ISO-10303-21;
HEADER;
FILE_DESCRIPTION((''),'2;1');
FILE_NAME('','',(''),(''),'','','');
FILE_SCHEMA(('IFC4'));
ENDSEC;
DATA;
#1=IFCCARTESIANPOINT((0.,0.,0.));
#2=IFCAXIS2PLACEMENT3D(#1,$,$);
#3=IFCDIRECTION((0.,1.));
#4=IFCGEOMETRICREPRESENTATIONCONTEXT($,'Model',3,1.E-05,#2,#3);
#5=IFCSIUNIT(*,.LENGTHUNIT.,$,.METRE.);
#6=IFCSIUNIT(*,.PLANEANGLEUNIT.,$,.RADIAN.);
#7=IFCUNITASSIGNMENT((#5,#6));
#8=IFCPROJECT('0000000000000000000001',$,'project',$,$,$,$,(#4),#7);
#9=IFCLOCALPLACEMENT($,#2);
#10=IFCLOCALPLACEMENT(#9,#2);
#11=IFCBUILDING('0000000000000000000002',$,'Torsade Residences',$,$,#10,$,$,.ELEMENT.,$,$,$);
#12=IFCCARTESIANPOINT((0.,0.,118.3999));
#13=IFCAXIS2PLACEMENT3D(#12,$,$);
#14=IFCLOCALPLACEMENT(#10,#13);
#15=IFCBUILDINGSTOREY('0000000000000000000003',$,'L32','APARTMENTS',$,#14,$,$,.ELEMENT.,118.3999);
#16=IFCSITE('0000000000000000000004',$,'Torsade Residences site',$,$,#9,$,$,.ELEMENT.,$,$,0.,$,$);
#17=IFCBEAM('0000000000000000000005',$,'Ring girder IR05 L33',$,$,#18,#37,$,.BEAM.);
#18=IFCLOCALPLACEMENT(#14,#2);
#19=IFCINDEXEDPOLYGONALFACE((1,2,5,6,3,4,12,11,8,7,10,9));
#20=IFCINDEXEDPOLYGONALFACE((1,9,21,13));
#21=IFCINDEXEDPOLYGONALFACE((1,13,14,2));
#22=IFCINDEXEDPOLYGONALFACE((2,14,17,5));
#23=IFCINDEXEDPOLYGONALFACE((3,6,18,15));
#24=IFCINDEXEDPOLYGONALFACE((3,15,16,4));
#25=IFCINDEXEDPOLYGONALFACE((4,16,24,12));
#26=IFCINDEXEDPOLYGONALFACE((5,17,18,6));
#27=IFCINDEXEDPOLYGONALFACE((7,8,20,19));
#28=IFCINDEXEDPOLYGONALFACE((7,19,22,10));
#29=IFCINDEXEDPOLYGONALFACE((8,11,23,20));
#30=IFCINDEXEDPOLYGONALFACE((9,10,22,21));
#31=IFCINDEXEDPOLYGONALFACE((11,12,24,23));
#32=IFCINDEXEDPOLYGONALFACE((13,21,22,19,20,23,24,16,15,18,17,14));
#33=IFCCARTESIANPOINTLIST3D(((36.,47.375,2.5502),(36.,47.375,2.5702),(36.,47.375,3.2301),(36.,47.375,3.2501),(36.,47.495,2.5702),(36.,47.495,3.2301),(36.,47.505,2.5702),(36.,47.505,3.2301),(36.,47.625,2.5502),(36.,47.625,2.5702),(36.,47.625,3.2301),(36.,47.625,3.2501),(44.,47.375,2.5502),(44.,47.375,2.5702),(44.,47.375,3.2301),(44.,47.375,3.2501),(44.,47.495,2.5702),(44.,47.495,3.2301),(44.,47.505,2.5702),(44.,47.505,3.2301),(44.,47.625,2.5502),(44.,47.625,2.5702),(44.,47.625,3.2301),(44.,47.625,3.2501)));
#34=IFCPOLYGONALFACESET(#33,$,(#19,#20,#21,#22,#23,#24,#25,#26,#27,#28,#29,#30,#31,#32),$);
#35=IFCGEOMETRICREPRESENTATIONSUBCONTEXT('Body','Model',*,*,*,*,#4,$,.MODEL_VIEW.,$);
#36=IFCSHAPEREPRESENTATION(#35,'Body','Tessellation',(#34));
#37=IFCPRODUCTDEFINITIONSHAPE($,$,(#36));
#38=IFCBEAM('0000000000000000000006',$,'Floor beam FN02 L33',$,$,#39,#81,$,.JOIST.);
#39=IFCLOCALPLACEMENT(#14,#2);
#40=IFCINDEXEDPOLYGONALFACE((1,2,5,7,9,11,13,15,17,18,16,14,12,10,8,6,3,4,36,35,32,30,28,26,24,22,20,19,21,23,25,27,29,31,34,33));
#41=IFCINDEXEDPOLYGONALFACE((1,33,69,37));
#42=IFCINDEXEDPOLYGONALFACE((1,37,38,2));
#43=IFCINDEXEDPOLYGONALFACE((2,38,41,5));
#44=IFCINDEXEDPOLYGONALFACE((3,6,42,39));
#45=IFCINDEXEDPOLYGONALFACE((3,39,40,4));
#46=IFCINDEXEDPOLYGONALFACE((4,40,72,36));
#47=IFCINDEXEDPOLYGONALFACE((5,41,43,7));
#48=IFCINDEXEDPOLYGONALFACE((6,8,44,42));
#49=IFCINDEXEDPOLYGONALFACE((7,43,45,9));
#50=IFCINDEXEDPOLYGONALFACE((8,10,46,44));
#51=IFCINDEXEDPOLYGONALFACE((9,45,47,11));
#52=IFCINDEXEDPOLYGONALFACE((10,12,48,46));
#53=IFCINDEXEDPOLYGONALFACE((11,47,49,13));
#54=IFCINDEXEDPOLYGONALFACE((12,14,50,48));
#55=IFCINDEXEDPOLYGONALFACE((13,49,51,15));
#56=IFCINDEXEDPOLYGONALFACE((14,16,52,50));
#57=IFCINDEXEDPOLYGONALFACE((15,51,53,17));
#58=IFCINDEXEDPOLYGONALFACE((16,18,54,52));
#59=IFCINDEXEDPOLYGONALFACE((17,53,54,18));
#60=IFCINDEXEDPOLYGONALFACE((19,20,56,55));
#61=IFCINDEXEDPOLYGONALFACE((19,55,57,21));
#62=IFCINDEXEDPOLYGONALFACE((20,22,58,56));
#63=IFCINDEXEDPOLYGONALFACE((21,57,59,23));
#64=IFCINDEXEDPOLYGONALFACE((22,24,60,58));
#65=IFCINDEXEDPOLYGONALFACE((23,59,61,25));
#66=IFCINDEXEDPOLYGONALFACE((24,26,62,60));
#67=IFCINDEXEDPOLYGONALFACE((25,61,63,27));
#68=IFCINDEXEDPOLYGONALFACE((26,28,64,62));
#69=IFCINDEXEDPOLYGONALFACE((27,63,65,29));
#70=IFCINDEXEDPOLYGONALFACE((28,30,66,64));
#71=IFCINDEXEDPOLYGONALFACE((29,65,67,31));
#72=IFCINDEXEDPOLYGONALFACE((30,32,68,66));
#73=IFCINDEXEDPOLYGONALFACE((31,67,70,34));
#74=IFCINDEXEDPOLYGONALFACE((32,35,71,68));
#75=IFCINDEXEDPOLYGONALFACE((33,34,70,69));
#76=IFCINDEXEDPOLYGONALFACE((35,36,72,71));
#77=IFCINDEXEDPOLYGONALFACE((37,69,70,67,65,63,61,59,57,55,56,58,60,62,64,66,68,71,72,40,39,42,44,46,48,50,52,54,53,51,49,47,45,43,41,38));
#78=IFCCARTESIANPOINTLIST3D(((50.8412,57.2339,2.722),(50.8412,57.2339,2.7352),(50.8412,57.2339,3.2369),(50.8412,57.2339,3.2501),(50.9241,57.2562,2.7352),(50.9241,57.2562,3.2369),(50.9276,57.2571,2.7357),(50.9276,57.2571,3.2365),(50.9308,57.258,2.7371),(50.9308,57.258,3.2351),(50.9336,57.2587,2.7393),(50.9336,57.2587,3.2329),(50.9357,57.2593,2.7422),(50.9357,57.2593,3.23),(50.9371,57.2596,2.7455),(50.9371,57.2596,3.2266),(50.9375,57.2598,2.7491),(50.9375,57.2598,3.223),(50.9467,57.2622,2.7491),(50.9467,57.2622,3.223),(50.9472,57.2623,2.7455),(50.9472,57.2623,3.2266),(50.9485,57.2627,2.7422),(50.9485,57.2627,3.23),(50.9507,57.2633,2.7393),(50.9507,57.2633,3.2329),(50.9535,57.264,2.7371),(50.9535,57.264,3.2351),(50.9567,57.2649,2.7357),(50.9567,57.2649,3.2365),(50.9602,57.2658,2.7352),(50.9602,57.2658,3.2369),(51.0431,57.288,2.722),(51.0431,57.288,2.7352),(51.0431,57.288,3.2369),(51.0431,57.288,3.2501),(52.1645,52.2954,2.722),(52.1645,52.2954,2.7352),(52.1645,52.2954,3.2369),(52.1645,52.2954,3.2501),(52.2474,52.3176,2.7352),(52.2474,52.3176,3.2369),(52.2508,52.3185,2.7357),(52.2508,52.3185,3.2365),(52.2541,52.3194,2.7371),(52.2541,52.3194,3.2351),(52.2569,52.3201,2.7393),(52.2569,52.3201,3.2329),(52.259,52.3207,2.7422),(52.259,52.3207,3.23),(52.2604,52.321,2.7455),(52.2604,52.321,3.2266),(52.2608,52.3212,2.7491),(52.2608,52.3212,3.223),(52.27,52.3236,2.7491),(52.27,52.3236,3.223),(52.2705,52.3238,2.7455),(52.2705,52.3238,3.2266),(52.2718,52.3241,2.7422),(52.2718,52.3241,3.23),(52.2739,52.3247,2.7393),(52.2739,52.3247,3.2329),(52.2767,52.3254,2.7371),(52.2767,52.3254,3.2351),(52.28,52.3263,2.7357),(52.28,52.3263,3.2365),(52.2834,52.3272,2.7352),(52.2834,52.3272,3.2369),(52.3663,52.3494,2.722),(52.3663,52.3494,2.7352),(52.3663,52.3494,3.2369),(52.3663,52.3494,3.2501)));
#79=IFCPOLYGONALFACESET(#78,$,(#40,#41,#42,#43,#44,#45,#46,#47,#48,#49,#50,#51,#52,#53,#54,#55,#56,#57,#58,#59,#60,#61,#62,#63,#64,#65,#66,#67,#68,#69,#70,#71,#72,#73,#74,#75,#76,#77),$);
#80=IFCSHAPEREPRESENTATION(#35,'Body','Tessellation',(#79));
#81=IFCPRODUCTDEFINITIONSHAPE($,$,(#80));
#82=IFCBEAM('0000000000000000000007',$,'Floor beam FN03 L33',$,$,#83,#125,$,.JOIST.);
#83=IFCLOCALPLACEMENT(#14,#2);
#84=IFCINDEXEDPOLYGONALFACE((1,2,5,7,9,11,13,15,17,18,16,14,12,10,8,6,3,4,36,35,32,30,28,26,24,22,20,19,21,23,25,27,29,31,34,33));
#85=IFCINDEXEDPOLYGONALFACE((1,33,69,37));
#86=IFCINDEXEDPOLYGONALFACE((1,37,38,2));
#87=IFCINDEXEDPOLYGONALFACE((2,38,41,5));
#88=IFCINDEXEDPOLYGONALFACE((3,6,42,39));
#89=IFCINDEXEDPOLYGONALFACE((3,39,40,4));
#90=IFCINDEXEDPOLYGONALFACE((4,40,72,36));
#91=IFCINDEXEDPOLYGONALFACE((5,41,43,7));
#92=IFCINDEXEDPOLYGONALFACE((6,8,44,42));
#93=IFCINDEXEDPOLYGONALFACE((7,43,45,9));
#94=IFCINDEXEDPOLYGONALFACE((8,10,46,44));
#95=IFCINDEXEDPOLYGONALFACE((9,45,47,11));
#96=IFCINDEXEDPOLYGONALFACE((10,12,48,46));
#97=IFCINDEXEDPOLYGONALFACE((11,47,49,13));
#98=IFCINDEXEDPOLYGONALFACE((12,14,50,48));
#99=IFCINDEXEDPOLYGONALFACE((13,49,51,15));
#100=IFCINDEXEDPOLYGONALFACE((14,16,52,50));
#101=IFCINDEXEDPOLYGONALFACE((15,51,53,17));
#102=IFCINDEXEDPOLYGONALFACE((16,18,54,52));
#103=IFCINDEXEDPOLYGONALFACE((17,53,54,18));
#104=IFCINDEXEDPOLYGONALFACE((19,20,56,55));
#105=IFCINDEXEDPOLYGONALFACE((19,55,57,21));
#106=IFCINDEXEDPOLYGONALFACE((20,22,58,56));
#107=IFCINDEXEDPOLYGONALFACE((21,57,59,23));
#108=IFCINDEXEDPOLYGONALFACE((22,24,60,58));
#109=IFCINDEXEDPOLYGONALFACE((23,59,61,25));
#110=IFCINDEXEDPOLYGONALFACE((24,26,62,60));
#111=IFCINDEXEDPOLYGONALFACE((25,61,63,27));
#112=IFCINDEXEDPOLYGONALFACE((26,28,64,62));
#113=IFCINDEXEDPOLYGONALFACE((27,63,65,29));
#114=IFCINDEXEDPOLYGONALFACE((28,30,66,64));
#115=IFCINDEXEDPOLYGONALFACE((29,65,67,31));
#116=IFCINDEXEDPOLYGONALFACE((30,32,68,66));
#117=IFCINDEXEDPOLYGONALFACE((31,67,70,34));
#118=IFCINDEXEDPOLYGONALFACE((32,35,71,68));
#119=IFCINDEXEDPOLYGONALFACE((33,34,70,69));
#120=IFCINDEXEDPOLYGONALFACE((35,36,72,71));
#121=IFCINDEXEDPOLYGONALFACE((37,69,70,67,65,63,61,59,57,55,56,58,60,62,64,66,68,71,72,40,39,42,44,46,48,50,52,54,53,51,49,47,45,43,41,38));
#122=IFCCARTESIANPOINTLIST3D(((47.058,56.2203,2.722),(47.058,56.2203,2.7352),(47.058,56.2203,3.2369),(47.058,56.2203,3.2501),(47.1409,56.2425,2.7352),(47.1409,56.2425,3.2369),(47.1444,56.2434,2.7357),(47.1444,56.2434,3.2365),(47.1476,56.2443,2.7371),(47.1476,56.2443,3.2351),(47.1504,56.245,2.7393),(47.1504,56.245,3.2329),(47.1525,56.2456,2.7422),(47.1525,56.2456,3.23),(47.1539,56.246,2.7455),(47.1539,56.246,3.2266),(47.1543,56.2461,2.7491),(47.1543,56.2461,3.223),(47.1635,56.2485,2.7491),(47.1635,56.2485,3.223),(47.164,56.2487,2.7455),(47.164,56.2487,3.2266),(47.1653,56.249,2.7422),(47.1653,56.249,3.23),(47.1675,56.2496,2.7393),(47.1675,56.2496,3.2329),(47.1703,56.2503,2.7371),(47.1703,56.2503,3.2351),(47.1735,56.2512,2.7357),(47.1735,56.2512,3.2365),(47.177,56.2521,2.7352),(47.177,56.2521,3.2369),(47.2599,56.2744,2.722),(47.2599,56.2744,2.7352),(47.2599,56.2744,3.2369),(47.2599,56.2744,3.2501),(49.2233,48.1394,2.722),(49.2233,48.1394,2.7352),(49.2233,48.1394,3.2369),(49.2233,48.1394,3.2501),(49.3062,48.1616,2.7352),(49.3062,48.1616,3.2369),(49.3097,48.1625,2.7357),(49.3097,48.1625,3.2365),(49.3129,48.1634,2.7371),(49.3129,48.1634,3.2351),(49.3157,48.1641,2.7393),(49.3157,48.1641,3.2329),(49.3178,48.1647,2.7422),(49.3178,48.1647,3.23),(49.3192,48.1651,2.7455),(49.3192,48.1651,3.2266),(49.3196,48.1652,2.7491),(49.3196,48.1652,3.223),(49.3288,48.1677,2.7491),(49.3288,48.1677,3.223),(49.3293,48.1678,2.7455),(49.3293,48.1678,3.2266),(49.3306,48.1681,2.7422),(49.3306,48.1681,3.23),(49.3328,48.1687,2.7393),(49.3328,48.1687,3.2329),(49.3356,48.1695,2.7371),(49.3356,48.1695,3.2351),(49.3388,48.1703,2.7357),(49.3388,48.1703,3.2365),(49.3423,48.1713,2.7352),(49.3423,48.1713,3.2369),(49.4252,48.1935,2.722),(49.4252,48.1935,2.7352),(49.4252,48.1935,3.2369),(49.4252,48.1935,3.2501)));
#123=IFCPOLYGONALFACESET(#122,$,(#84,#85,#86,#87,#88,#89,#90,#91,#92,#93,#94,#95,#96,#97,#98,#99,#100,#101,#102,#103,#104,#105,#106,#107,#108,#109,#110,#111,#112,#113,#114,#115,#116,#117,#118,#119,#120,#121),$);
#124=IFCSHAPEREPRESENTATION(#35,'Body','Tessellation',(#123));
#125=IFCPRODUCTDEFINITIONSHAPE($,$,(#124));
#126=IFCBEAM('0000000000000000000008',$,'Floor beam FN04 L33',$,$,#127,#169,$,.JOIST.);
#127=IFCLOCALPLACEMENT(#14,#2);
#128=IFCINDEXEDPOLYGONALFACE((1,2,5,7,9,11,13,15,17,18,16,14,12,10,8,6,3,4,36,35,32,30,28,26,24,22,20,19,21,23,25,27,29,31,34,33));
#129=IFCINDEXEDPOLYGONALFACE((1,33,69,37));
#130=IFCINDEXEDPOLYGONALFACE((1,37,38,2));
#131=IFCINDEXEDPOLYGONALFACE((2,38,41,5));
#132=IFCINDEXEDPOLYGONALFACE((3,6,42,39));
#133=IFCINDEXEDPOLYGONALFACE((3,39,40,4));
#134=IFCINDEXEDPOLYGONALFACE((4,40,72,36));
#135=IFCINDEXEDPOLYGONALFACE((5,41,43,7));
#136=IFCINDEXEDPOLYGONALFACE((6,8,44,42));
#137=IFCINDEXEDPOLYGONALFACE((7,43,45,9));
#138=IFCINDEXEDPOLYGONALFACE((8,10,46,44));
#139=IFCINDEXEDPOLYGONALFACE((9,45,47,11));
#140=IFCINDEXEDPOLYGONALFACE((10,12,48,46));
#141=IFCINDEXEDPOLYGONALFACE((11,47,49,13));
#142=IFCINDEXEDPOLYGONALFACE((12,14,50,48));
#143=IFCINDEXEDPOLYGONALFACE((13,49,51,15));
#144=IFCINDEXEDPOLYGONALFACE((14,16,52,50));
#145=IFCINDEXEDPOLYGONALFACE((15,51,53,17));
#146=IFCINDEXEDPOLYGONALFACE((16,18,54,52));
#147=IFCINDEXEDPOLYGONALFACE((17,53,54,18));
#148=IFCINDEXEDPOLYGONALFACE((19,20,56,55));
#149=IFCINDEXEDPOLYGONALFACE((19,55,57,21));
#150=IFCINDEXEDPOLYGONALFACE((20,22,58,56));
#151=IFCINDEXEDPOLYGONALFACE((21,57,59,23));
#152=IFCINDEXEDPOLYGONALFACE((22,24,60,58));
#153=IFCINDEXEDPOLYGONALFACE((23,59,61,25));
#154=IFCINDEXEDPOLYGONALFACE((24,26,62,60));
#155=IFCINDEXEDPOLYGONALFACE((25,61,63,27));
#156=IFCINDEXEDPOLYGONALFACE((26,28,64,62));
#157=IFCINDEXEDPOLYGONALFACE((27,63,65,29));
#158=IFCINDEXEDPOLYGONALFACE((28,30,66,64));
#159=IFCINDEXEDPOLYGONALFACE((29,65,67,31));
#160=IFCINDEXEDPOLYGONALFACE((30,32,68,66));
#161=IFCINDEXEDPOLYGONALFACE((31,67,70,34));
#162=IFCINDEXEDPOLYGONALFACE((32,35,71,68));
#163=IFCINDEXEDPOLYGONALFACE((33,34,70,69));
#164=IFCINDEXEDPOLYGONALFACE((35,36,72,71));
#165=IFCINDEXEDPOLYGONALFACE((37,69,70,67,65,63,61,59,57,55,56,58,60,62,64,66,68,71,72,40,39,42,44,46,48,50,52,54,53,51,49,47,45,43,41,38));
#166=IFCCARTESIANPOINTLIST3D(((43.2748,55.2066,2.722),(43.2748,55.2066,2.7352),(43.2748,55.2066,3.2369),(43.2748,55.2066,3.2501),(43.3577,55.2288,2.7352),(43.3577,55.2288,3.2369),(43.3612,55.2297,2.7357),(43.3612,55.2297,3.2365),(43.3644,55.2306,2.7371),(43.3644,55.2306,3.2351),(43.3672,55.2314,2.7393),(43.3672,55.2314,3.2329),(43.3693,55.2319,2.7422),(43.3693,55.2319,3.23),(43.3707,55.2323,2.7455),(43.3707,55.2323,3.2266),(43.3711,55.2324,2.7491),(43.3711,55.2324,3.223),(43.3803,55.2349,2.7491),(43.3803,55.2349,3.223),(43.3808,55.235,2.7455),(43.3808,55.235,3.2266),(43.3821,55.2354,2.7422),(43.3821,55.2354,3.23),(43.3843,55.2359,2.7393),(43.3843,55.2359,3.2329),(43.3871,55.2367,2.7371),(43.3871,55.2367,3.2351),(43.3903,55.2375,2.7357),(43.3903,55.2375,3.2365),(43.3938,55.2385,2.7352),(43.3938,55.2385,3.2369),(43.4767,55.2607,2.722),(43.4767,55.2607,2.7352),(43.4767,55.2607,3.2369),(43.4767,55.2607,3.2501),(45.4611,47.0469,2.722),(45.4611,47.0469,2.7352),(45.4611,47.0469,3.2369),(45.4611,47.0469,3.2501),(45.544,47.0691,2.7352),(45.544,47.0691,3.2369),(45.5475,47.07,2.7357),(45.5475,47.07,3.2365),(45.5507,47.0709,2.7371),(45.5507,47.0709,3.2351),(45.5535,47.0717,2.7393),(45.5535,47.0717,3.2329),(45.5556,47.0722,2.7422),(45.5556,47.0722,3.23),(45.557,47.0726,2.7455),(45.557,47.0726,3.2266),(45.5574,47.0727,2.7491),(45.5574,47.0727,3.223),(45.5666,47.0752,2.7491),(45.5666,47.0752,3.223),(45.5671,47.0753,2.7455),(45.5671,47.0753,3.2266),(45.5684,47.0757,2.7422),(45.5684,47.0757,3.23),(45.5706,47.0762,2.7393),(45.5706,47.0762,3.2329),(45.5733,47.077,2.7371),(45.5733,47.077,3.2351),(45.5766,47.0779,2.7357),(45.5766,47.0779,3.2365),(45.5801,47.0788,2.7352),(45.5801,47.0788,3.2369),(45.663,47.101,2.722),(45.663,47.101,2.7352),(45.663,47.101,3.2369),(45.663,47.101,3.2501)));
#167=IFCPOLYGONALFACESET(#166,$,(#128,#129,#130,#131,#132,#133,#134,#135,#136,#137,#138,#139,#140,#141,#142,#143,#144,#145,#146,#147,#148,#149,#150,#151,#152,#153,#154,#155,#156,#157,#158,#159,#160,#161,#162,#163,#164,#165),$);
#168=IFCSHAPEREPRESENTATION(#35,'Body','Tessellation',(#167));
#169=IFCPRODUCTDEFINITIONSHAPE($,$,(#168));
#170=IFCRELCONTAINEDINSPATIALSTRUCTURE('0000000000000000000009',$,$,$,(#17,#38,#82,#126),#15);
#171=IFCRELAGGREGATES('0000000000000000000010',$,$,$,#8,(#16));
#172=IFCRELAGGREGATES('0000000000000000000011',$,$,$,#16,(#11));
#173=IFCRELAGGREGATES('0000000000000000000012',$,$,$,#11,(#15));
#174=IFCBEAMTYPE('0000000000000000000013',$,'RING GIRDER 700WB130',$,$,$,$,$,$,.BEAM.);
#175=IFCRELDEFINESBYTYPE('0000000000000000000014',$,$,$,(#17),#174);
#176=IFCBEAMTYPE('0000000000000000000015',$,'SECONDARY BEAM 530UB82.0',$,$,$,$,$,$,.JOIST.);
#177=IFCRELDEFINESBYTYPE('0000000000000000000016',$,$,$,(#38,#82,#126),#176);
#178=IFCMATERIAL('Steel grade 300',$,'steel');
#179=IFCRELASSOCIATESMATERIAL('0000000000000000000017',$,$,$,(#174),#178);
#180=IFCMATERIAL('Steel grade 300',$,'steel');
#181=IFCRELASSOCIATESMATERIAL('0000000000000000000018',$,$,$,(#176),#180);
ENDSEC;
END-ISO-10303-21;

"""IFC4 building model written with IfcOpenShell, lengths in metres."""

from ifc_helpers import new_model, si_unit, direction, frame, origin, origin_2d, place, context, subcontext, project, spatial, i_section, extrude, material, material_profile, profile_set, type_object, element, save


model = new_model("IFC4")

# Units and contexts
model_context = context("Model", 3, precision=1e-05, world=origin(), true_north=direction((0.0, 1.0)))
body_context = subcontext(model_context, "Body", "Model", "MODEL_VIEW")
ifc_project = project(units=[si_unit("LENGTHUNIT", "METRE"), si_unit("PLANEANGLEUNIT", "RADIAN")], contexts=[model_context])

# Site, building, storey
site_placement = place(None, origin())
site = spatial("IfcSite", under=ifc_project, at=site_placement, Name="Torsade Residences site", CompositionType="ELEMENT", RefElevation=0.0)
building_placement = place(site_placement, origin())
building = spatial("IfcBuilding", under=site, at=building_placement, Name="Torsade Residences", CompositionType="ELEMENT")
storey_placement = place(building_placement, frame((0.0, 0.0, 118.3999)))
storey = spatial("IfcBuildingStorey", under=building, at=storey_placement, Name="L32", Description="APARTMENTS", CompositionType="ELEMENT", Elevation=118.3999)

# Beams
ifc_material_1 = material(Name="Steel grade 300", Category="steel")
ifc_material_profile_1 = material_profile(ifc_material_1, i_section(OverallWidth=0.25, OverallDepth=0.7, WebThickness=0.01, FlangeThickness=0.02, at=origin_2d()), Name="700WB130")
ifc_profile_set_1 = profile_set([ifc_material_profile_1], Name="Steel grade 300")
beam_type_1 = type_object("IfcBeamType", Name="RING GIRDER 700WB130", PredefinedType="BEAM", material=ifc_profile_set_1)
beam_1_placement = place(storey_placement, frame((44.0, 47.5, 2.9001), z_axis=(-1.0, 0.0, 0.0), x_axis=(0.0, -1.0, 0.0)))
element("IfcBeam", 1, at=beam_1_placement, inside=storey, type_object=beam_type_1, Name="Ring girder IR05 L33", PredefinedType="BEAM", context=body_context, shape_type="SweptSolid", body=[
    extrude(i_section(OverallWidth=0.25, OverallDepth=0.7, WebThickness=0.01, FlangeThickness=0.02, at=origin_2d()), origin(), (0.0, 0.0, 1.0), 8.0),
])
ifc_material_2 = material(Name="Steel grade 300", Category="steel")
ifc_material_profile_2 = material_profile(ifc_material_2, i_section(OverallWidth=0.209, OverallDepth=0.5281, WebThickness=0.0095, FlangeThickness=0.0132, FilletRadius=0.0139, at=origin_2d()), Name="530UB82.0")
ifc_profile_set_2 = profile_set([ifc_material_profile_2], Name="Steel grade 300")
beam_type_2 = type_object("IfcBeamType", Name="SECONDARY BEAM 530UB82.0", PredefinedType="JOIST", material=ifc_profile_set_2)
beam_2_placement = place(storey_placement, frame((50.9421, 57.261, 2.9861), z_axis=(0.258816, -0.965927, 0.0), x_axis=(0.965927, 0.258816, 0.0)))
element("IfcBeam", 2, at=beam_2_placement, inside=storey, type_object=beam_type_2, Name="Floor beam FN02 L33", PredefinedType="JOIST", context=body_context, shape_type="SweptSolid", body=[
    extrude(i_section(OverallWidth=0.209, OverallDepth=0.5281, WebThickness=0.0095, FlangeThickness=0.0132, FilletRadius=0.0139, at=origin_2d()), origin(), (0.0, 0.0, 1.0), 5.1128),
])
beam_3_placement = place(storey_placement, frame((47.1589, 56.2473, 2.9861), z_axis=(0.258823, -0.965925, 0.0), x_axis=(0.965925, 0.258823, 0.0)))
element("IfcBeam", 3, at=beam_3_placement, inside=storey, type_object=beam_type_2, Name="Floor beam FN03 L33", PredefinedType="JOIST", context=body_context, shape_type="SweptSolid", body=[
    extrude(i_section(OverallWidth=0.209, OverallDepth=0.5281, WebThickness=0.0095, FlangeThickness=0.0132, FilletRadius=0.0139, at=origin_2d()), origin(), (0.0, 0.0, 1.0), 8.366),
])
beam_4_placement = place(storey_placement, frame((43.3757, 55.2336, 2.9861), z_axis=(0.258808, -0.965929, 0.0), x_axis=(0.965929, 0.258808, 0.0)))
element("IfcBeam", 4, at=beam_4_placement, inside=storey, type_object=beam_type_2, Name="Floor beam FN04 L33", PredefinedType="JOIST", context=body_context, shape_type="SweptSolid", body=[
    extrude(i_section(OverallWidth=0.209, OverallDepth=0.5281, WebThickness=0.0095, FlangeThickness=0.0132, FilletRadius=0.0139, at=origin_2d()), origin(), (0.0, 0.0, 1.0), 8.4475),
])

save(model, "model.ifc")
